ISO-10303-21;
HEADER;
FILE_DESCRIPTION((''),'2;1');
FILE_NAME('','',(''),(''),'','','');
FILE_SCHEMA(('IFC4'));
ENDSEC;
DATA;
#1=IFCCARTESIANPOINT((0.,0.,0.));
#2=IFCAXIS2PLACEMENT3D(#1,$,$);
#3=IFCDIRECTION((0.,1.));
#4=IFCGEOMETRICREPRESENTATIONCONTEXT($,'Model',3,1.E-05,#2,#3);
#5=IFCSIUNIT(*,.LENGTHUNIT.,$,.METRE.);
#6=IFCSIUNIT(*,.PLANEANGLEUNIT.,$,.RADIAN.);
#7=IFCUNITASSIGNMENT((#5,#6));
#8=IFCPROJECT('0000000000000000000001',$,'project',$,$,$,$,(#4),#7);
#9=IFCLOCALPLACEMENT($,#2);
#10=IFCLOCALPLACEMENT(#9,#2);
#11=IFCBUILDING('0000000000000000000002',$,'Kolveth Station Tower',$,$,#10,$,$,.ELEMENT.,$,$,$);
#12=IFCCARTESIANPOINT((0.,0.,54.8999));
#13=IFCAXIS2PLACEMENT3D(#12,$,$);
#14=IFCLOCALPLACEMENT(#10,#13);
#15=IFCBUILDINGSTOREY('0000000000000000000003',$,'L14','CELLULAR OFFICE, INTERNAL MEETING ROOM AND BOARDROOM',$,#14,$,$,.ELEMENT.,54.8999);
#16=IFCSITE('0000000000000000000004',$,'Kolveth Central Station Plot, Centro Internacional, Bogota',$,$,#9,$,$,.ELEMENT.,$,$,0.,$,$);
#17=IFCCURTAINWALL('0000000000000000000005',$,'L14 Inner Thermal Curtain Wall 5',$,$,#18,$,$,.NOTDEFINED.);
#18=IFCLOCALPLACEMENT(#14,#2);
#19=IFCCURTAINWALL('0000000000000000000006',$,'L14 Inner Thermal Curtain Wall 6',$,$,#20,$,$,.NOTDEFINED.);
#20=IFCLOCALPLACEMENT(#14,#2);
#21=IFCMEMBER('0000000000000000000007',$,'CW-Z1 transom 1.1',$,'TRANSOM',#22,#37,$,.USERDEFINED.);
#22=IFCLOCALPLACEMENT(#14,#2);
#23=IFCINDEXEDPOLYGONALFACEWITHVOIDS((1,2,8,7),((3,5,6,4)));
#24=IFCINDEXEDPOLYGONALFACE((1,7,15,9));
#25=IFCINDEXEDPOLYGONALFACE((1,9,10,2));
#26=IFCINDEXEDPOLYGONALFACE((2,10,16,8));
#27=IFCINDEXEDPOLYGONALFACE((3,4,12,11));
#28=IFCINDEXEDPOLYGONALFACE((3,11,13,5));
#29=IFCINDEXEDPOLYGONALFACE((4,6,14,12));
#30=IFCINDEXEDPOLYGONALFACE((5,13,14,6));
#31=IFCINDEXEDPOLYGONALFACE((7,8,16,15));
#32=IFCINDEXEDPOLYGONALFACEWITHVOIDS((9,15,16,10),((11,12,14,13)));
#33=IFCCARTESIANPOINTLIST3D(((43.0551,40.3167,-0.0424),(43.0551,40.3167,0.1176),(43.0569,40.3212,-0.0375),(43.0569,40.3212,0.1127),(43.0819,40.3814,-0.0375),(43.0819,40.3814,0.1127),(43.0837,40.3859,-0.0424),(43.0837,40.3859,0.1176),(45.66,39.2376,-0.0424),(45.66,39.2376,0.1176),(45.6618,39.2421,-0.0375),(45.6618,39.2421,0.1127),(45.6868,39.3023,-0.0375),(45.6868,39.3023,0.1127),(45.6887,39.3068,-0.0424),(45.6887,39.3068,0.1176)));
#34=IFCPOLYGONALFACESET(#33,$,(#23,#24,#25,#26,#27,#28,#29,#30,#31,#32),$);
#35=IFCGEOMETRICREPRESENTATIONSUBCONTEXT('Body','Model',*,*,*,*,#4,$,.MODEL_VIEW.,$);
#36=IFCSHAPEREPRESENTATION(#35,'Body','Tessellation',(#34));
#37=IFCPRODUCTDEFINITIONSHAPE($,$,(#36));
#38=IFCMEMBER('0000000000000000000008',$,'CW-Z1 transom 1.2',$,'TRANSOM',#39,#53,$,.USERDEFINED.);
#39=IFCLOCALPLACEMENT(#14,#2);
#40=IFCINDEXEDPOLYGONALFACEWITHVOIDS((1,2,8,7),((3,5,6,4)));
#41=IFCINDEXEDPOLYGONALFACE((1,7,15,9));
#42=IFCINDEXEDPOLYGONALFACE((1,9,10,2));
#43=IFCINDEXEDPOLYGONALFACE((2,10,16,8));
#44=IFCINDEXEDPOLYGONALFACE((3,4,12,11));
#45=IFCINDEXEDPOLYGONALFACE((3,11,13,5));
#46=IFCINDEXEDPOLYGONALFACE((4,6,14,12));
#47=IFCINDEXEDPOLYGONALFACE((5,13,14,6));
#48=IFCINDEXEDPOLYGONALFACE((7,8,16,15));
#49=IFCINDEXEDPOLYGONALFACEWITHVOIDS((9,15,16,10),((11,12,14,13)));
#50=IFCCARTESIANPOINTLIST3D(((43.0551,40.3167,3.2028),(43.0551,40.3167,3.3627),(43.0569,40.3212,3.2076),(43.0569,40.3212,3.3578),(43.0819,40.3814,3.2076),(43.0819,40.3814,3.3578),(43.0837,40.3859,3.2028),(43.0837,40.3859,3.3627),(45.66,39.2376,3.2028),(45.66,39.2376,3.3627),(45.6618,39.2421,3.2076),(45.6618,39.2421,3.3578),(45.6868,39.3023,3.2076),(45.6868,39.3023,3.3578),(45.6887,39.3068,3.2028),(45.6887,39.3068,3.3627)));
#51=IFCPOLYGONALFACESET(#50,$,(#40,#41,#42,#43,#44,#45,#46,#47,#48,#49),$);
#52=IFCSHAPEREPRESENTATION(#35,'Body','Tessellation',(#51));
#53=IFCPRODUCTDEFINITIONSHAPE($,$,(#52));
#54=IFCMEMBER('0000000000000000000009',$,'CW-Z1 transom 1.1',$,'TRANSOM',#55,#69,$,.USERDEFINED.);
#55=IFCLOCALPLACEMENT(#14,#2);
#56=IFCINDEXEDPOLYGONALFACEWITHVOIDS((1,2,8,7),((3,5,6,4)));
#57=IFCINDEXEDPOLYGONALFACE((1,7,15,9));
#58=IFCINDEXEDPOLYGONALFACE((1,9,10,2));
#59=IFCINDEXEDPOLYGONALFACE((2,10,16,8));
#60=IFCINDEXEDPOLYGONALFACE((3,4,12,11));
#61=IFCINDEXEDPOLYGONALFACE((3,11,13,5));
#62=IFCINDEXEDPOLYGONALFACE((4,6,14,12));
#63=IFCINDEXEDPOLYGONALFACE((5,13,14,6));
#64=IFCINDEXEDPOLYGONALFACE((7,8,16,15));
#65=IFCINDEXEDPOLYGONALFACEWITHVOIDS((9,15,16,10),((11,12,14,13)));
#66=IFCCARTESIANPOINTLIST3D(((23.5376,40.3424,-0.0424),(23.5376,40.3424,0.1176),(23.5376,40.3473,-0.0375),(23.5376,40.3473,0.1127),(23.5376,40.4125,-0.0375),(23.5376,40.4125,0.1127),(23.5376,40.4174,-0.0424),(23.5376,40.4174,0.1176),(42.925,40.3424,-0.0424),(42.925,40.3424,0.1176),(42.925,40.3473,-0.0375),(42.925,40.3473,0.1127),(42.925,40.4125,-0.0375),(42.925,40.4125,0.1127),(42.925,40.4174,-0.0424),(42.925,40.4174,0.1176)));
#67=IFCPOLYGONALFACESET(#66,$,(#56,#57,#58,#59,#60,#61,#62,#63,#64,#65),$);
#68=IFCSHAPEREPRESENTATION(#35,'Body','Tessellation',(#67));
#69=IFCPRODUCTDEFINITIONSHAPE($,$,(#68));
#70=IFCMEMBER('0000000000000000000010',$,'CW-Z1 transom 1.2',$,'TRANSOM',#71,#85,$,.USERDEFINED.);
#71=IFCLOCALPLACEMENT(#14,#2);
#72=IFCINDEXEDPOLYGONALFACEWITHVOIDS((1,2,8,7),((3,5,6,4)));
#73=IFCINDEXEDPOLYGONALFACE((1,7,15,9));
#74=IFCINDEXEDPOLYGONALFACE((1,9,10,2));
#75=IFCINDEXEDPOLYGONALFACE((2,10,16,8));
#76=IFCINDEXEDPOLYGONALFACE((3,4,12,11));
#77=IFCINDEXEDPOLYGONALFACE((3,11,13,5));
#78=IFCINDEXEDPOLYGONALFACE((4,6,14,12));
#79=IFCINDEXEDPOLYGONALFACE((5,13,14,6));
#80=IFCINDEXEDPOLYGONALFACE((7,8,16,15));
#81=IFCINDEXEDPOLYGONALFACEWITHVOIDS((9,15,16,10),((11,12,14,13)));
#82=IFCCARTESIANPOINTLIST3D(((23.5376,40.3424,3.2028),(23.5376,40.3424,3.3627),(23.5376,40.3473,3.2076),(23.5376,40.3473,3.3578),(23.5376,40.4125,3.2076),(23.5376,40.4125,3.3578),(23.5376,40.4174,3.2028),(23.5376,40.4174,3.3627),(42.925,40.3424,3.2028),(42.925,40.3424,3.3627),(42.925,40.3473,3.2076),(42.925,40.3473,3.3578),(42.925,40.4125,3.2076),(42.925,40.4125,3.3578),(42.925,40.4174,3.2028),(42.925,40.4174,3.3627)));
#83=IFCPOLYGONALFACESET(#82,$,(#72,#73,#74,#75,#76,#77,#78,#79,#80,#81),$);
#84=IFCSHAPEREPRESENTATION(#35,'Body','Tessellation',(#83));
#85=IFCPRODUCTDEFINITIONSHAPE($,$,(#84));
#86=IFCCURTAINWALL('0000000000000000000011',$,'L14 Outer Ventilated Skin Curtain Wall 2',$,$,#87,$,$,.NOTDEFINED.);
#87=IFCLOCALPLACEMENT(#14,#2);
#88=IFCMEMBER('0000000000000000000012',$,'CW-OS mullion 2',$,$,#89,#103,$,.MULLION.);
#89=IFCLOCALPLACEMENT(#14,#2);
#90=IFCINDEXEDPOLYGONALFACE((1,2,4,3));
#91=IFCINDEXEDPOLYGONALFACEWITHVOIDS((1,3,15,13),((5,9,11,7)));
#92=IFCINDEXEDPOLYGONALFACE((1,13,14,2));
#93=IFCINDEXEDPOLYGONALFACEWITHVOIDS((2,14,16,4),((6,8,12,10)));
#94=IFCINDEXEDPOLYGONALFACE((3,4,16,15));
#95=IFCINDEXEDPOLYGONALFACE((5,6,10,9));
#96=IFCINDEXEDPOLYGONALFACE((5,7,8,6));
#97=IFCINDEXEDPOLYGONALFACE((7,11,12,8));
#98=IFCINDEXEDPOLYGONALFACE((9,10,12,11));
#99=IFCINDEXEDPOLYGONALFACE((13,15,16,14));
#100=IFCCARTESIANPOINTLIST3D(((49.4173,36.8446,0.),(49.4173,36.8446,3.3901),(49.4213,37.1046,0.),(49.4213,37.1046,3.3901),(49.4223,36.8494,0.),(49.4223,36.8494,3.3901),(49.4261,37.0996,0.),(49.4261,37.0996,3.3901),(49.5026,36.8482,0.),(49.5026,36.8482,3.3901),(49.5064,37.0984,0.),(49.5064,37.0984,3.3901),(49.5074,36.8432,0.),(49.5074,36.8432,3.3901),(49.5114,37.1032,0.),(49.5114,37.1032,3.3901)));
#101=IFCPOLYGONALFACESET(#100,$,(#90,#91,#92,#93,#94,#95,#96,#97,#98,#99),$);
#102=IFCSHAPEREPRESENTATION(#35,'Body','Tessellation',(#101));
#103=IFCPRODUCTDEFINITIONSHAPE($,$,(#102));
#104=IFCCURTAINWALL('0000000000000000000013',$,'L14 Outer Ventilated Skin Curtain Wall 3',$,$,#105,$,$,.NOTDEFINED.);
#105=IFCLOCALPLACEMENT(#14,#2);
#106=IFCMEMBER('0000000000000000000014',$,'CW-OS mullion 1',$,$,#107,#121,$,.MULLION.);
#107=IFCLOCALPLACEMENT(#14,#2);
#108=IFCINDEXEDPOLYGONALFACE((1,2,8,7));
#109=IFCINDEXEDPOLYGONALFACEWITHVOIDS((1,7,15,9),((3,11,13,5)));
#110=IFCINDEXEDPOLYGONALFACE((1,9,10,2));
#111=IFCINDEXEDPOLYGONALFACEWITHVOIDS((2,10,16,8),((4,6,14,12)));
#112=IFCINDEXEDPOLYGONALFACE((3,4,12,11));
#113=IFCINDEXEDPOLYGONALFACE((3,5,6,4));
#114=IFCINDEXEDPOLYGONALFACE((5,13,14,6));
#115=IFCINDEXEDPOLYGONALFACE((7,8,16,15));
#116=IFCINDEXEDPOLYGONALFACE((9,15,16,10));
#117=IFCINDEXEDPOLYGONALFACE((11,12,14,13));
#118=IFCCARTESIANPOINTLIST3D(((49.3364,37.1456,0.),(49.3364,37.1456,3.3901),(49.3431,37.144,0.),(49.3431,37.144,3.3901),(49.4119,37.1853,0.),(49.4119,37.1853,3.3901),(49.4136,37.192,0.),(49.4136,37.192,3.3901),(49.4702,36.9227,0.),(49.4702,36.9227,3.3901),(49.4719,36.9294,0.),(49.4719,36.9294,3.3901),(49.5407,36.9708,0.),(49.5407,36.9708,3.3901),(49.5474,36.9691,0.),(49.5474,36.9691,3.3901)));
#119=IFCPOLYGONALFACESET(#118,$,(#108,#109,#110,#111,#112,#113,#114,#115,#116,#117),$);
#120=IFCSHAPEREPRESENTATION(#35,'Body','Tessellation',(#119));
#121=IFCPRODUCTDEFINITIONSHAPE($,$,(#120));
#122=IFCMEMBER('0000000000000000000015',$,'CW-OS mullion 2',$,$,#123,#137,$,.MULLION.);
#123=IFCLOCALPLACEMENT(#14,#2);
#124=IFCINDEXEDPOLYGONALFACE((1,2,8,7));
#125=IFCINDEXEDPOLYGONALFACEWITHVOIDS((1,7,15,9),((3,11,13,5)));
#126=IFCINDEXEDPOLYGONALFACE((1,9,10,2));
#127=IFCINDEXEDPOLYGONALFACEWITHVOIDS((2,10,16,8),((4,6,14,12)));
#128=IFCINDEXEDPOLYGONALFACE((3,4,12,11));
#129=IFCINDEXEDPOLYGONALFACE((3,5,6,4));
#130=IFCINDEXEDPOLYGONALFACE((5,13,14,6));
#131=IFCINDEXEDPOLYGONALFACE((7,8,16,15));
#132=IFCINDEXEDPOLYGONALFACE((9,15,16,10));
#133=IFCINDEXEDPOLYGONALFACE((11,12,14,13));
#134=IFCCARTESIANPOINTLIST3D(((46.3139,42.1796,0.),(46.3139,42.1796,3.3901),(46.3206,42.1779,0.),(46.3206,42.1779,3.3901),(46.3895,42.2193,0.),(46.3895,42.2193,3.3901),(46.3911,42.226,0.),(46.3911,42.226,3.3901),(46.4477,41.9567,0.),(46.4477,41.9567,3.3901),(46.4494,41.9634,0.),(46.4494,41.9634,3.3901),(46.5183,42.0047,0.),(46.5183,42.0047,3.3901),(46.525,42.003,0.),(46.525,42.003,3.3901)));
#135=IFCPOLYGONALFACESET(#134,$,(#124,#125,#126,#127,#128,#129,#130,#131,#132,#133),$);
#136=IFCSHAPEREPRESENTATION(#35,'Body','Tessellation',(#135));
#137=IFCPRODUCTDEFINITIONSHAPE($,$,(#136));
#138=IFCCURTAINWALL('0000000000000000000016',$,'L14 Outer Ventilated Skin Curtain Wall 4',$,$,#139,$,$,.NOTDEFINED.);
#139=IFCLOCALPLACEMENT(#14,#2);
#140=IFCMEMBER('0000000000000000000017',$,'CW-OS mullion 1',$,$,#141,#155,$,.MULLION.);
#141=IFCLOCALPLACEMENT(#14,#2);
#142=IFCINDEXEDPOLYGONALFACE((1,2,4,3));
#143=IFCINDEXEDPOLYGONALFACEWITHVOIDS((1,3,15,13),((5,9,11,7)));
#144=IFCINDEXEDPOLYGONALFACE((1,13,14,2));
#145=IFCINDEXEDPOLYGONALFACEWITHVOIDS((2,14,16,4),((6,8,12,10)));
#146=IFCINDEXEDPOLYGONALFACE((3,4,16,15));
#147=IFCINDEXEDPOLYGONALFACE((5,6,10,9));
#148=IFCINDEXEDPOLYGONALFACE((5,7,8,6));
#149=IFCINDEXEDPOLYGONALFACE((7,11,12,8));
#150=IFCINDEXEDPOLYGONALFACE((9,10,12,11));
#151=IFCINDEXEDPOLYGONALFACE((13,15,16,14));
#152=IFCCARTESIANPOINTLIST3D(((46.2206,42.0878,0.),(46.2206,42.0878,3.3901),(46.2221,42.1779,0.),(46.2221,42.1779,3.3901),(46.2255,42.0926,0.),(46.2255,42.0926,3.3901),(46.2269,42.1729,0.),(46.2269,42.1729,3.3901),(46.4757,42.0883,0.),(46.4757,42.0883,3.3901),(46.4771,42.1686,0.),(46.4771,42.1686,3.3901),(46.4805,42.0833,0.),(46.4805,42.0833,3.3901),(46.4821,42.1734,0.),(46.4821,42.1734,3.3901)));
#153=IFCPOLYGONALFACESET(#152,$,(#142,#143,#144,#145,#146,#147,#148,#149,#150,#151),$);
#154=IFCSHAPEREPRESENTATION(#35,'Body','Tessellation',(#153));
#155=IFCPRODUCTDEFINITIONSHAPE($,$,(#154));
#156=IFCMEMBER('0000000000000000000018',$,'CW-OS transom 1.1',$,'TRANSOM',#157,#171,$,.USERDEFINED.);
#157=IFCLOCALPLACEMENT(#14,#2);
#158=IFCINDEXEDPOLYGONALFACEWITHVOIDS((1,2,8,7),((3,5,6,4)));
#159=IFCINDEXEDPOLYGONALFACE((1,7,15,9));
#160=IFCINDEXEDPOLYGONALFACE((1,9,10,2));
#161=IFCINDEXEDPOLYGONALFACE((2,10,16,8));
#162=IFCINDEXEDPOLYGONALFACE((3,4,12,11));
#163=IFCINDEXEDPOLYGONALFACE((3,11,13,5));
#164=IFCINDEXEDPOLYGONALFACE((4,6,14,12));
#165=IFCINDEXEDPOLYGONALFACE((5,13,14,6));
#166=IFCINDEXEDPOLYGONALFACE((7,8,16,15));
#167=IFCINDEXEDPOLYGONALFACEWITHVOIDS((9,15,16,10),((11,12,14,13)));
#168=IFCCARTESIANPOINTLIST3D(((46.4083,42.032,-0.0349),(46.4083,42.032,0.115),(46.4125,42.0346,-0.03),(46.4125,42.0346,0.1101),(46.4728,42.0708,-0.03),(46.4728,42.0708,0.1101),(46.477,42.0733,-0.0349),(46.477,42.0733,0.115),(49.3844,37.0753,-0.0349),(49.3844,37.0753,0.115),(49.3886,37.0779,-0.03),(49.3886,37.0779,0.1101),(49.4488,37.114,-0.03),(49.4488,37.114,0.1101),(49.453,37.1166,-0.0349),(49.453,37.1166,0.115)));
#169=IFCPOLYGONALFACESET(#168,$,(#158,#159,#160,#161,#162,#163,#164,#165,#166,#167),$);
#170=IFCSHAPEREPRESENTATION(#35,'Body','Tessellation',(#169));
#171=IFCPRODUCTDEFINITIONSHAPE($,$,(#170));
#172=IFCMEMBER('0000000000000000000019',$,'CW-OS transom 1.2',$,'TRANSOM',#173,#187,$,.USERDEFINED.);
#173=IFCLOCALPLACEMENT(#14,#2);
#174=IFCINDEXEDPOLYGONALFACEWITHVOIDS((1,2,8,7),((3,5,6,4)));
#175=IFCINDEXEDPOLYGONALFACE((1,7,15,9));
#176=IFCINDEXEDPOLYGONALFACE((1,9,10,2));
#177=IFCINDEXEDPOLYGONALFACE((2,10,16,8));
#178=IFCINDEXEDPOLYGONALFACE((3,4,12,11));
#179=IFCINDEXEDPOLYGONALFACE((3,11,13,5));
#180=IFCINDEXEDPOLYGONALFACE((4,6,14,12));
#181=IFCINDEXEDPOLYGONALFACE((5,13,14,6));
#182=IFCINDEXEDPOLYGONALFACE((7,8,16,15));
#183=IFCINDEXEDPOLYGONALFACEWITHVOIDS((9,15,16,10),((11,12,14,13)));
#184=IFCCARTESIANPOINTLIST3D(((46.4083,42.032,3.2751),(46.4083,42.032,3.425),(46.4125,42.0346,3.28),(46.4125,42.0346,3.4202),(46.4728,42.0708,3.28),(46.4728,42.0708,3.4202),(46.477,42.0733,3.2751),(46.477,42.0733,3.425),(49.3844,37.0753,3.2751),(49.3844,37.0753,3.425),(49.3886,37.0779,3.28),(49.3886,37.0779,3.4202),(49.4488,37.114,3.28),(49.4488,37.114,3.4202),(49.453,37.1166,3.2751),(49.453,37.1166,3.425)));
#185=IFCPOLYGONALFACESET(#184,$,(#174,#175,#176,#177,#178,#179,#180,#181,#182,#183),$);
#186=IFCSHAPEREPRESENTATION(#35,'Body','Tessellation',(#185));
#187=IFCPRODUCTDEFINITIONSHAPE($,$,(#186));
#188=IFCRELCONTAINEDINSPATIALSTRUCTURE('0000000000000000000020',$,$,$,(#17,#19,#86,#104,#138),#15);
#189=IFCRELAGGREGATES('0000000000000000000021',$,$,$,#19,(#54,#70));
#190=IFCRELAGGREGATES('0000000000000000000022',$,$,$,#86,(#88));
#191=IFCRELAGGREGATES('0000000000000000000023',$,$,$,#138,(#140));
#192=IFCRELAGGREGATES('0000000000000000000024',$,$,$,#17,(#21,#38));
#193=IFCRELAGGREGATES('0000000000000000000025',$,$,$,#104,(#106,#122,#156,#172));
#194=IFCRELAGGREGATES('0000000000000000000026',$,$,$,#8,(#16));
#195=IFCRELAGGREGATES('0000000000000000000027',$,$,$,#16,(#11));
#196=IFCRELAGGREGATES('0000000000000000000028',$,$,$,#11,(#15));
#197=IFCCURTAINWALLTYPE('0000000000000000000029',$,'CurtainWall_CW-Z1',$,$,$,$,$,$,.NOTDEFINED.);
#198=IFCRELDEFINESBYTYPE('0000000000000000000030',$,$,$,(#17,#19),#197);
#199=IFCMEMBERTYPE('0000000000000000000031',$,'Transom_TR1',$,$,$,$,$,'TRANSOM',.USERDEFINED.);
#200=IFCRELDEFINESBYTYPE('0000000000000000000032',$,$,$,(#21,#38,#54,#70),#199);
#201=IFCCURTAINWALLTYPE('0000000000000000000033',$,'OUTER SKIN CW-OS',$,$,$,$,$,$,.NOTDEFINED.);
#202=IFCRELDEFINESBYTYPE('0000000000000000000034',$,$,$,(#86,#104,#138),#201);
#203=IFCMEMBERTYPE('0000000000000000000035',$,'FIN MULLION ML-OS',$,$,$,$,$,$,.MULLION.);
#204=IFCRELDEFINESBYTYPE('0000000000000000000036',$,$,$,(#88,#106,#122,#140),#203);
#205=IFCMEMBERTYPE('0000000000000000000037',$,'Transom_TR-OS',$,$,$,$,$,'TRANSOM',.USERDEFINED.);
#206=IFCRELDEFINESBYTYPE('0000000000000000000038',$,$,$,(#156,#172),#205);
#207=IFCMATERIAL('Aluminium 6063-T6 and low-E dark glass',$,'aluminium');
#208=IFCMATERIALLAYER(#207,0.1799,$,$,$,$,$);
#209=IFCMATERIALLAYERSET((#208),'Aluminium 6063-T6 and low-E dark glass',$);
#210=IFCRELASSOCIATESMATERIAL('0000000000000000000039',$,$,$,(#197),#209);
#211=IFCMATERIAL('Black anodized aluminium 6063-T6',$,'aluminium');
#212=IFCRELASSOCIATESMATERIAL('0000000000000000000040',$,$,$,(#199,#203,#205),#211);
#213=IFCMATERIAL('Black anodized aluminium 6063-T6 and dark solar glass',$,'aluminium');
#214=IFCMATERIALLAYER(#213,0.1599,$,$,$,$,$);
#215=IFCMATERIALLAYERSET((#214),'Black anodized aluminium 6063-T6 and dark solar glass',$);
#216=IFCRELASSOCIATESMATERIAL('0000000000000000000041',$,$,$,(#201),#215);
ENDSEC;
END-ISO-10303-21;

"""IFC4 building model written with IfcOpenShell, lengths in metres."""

from ifc_helpers import new_model, si_unit, direction, frame, origin, origin_2d, place, context, subcontext, project, spatial, hollow_rectangle, extrude, source, transform, mapped, material, layer, layer_set, material_profile, profile_set, type_object, element, aggregate, save


model = new_model("IFC4")

# Units and contexts
model_context = context("Model", 3, precision=1e-05, world=origin(), true_north=direction((0.0, 1.0)))
body_context = subcontext(model_context, "Body", "Model", "MODEL_VIEW")
ifc_project = project(units=[si_unit("LENGTHUNIT", "METRE"), si_unit("PLANEANGLEUNIT", "RADIAN")], contexts=[model_context])

# Site, building, storey
site_placement = place(None, origin())
site = spatial("IfcSite", under=ifc_project, at=site_placement, Name="Kolveth Central Station Plot, Centro Internacional, Bogota", CompositionType="ELEMENT", RefElevation=0.0)
building_placement = place(site_placement, origin())
building = spatial("IfcBuilding", under=site, at=building_placement, Name="Kolveth Station Tower", CompositionType="ELEMENT")
storey_placement = place(building_placement, frame((0.0, 0.0, 54.8999)))
storey = spatial("IfcBuildingStorey", under=building, at=storey_placement, Name="L14", Description="CELLULAR OFFICE, INTERNAL MEETING ROOM AND BOARDROOM", CompositionType="ELEMENT", Elevation=54.8999)

# Shared definitions
ifc_material_1 = material(Name="Aluminium 6063-T6 and low-E dark glass", Category="aluminium")
ifc_layer_1 = layer(ifc_material_1, 0.1799)
ifc_layer_set_1 = layer_set([ifc_layer_1], Name="Aluminium 6063-T6 and low-E dark glass")
curtain_wall_type_1 = type_object("IfcCurtainWallType", Name="CurtainWall_CW-Z1", PredefinedType="NOTDEFINED", material=ifc_layer_set_1)
ifc_material_2 = material(Name="Black anodized aluminium 6063-T6", Category="aluminium")

# Curtain wall
curtain_wall_1_placement = place(storey_placement, origin())
curtain_wall_1 = element("IfcCurtainWall", 1, at=curtain_wall_1_placement, inside=storey, type_object=curtain_wall_type_1, Name="L14 Inner Thermal Curtain Wall 5", PredefinedType="NOTDEFINED")

# Curtain wall
curtain_wall_2_placement = place(storey_placement, origin())
curtain_wall_2 = element("IfcCurtainWall", 2, at=curtain_wall_2_placement, inside=storey, type_object=curtain_wall_type_1, Name="L14 Inner Thermal Curtain Wall 6", PredefinedType="NOTDEFINED")

# Members
ifc_material_profile_1 = material_profile(ifc_material_2, hollow_rectangle(XDim=0.075, YDim=0.1599, WallThickness=0.0049, at=origin_2d()), Name="ALU-75x160x5")
ifc_profile_set_1 = profile_set([ifc_material_profile_1], Name="Black anodized aluminium 6063-T6")
member_type_1 = type_object("IfcMemberType", Name="Transom_TR1", ElementType="TRANSOM", PredefinedType="USERDEFINED", material=ifc_profile_set_1)
shared_shape_1 = source(origin(), body_context, "Body", "SweptSolid", [
    extrude(hollow_rectangle(XDim=0.075, YDim=0.1599, WallThickness=0.0049, at=origin_2d()), origin(), (0.0, 0.0, 1.0), 2.8196),
])
member_1_placement = place(storey_placement, frame((45.6743, 39.2722, 0.0376), z_axis=(-0.923869, 0.382709, 0.0), x_axis=(-0.382709, -0.923869, 0.0)))
member_1 = element("IfcMember", 3, at=member_1_placement, type_object=member_type_1, Name="CW-Z1 transom 1.1", ObjectType="TRANSOM", PredefinedType="USERDEFINED", context=body_context, shape_type="MappedRepresentation", body=[
    mapped(shared_shape_1, transform((0.0, 0.0, 0.0), x_axis=(1.0, 0.0, 0.0), y_axis=(0.0, 1.0, 0.0), z_axis=(0.0, 0.0, 1.0), scale=1.0)),
])
member_2_placement = place(storey_placement, frame((45.6743, 39.2722, 3.2827), z_axis=(-0.923869, 0.382709, 0.0), x_axis=(-0.382709, -0.923869, 0.0)))
member_2 = element("IfcMember", 4, at=member_2_placement, type_object=member_type_1, Name="CW-Z1 transom 1.2", ObjectType="TRANSOM", PredefinedType="USERDEFINED", context=body_context, shape_type="MappedRepresentation", body=[
    mapped(shared_shape_1, transform((0.0, 0.0, 0.0), x_axis=(1.0, 0.0, 0.0), y_axis=(0.0, 1.0, 0.0), z_axis=(0.0, 0.0, 1.0), scale=1.0)),
])
shared_shape_2 = source(origin(), body_context, "Body", "SweptSolid", [
    extrude(hollow_rectangle(XDim=0.075, YDim=0.1599, WallThickness=0.0049, at=origin_2d()), origin(), (0.0, 0.0, 1.0), 19.3875),
])
member_3_placement = place(storey_placement, frame((42.925, 40.3799, 0.0376), z_axis=(-1.0, 0.0, 0.0), x_axis=(0.0, -1.0, 0.0)))
member_3 = element("IfcMember", 5, at=member_3_placement, type_object=member_type_1, Name="CW-Z1 transom 1.1", ObjectType="TRANSOM", PredefinedType="USERDEFINED", context=body_context, shape_type="MappedRepresentation", body=[
    mapped(shared_shape_2, transform((0.0, 0.0, 0.0), x_axis=(1.0, 0.0, 0.0), y_axis=(0.0, 1.0, 0.0), z_axis=(0.0, 0.0, 1.0), scale=1.0)),
])
member_4_placement = place(storey_placement, frame((42.925, 40.3799, 3.2827), z_axis=(-1.0, 0.0, 0.0), x_axis=(0.0, -1.0, 0.0)))
member_4 = element("IfcMember", 6, at=member_4_placement, type_object=member_type_1, Name="CW-Z1 transom 1.2", ObjectType="TRANSOM", PredefinedType="USERDEFINED", context=body_context, shape_type="MappedRepresentation", body=[
    mapped(shared_shape_2, transform((0.0, 0.0, 0.0), x_axis=(1.0, 0.0, 0.0), y_axis=(0.0, 1.0, 0.0), z_axis=(0.0, 0.0, 1.0), scale=1.0)),
])
aggregate(curtain_wall_2, [member_3, member_4])

# Curtain wall, member
ifc_material_3 = material(Name="Black anodized aluminium 6063-T6 and dark solar glass", Category="aluminium")
ifc_layer_2 = layer(ifc_material_3, 0.1599)
ifc_layer_set_2 = layer_set([ifc_layer_2], Name="Black anodized aluminium 6063-T6 and dark solar glass")
curtain_wall_type_2 = type_object("IfcCurtainWallType", Name="OUTER SKIN CW-OS", PredefinedType="NOTDEFINED", material=ifc_layer_set_2)
curtain_wall_3_placement = place(storey_placement, origin())
curtain_wall_3 = element("IfcCurtainWall", 7, at=curtain_wall_3_placement, inside=storey, type_object=curtain_wall_type_2, Name="L14 Outer Ventilated Skin Curtain Wall 2", PredefinedType="NOTDEFINED")
ifc_material_profile_2 = material_profile(ifc_material_2, hollow_rectangle(XDim=0.0901, YDim=0.26, WallThickness=0.0049, at=origin_2d()), Name="ALU-90x260x5")
ifc_profile_set_2 = profile_set([ifc_material_profile_2], Name="Black anodized aluminium 6063-T6")
member_type_2 = type_object("IfcMemberType", Name="FIN MULLION ML-OS", PredefinedType="MULLION", material=ifc_profile_set_2)
shared_shape_3 = source(origin(), body_context, "Body", "SweptSolid", [
    extrude(hollow_rectangle(XDim=0.0901, YDim=0.26, WallThickness=0.0049, at=origin_2d()), origin(), (0.0, 0.0, 1.0), 3.3901),
])
member_5_placement = place(storey_placement, frame((49.4644, 36.9739, 0.0), z_axis=(0.0, 0.0, 1.0), x_axis=(-0.999882, 0.015341, 0.0)))
member_5 = element("IfcMember", 8, at=member_5_placement, type_object=member_type_2, Name="CW-OS mullion 2", PredefinedType="MULLION", context=body_context, shape_type="MappedRepresentation", body=[
    mapped(shared_shape_3, transform((0.0, 0.0, 0.0), x_axis=(1.0, 0.0, 0.0), y_axis=(0.0, 1.0, 0.0), z_axis=(0.0, 0.0, 1.0), scale=1.0)),
])
aggregate(curtain_wall_3, [member_5])

# Curtain wall, members
curtain_wall_4_placement = place(storey_placement, origin())
curtain_wall_4 = element("IfcCurtainWall", 9, at=curtain_wall_4_placement, inside=storey, type_object=curtain_wall_type_2, Name="L14 Outer Ventilated Skin Curtain Wall 3", PredefinedType="NOTDEFINED")
member_6_placement = place(storey_placement, frame((49.4419, 37.0574, 0.0), z_axis=(0.0, 0.0, 1.0), x_axis=(-0.857323, -0.514779, 0.0)))
member_6 = element("IfcMember", 10, at=member_6_placement, type_object=member_type_2, Name="CW-OS mullion 1", PredefinedType="MULLION", context=body_context, shape_type="MappedRepresentation", body=[
    mapped(shared_shape_3, transform((0.0, 0.0, 0.0), x_axis=(1.0, 0.0, 0.0), y_axis=(0.0, 1.0, 0.0), z_axis=(0.0, 0.0, 1.0), scale=1.0)),
])
member_7_placement = place(storey_placement, frame((46.4194, 42.0913, 0.0), z_axis=(0.0, 0.0, 1.0), x_axis=(-0.857323, -0.514779, 0.0)))
member_7 = element("IfcMember", 11, at=member_7_placement, type_object=member_type_2, Name="CW-OS mullion 2", PredefinedType="MULLION", context=body_context, shape_type="MappedRepresentation", body=[
    mapped(shared_shape_3, transform((0.0, 0.0, 0.0), x_axis=(1.0, 0.0, 0.0), y_axis=(0.0, 1.0, 0.0), z_axis=(0.0, 0.0, 1.0), scale=1.0)),
])

# Curtain wall, member
curtain_wall_5_placement = place(storey_placement, origin())
curtain_wall_5 = element("IfcCurtainWall", 12, at=curtain_wall_5_placement, inside=storey, type_object=curtain_wall_type_2, Name="L14 Outer Ventilated Skin Curtain Wall 4", PredefinedType="NOTDEFINED")
member_8_placement = place(storey_placement, frame((46.3513, 42.1306, 0.0), z_axis=(0.0, 0.0, 1.0), x_axis=(-0.01721, -0.999852, 0.0)))
member_8 = element("IfcMember", 13, at=member_8_placement, type_object=member_type_2, Name="CW-OS mullion 1", PredefinedType="MULLION", context=body_context, shape_type="MappedRepresentation", body=[
    mapped(shared_shape_3, transform((0.0, 0.0, 0.0), x_axis=(1.0, 0.0, 0.0), y_axis=(0.0, 1.0, 0.0), z_axis=(0.0, 0.0, 1.0), scale=1.0)),
])

# Members
ifc_material_profile_3 = material_profile(ifc_material_2, hollow_rectangle(XDim=0.0801, YDim=0.1499, WallThickness=0.0049, at=origin_2d()), Name="ALU-80x150x5")
ifc_profile_set_3 = profile_set([ifc_material_profile_3], Name="Black anodized aluminium 6063-T6")
member_type_3 = type_object("IfcMemberType", Name="Transom_TR-OS", ElementType="TRANSOM", PredefinedType="USERDEFINED", material=ifc_profile_set_3)
shared_shape_4 = source(origin(), body_context, "Body", "SweptSolid", [
    extrude(hollow_rectangle(XDim=0.0801, YDim=0.1499, WallThickness=0.0049, at=origin_2d()), origin(), (0.0, 0.0, 1.0), 5.7815),
])
member_9_placement = place(storey_placement, frame((49.4187, 37.0959, 0.04), z_axis=(-0.51475, 0.85734, 0.0), x_axis=(-0.85734, -0.51475, 0.0)))
member_9 = element("IfcMember", 14, at=member_9_placement, type_object=member_type_3, Name="CW-OS transom 1.1", ObjectType="TRANSOM", PredefinedType="USERDEFINED", context=body_context, shape_type="MappedRepresentation", body=[
    mapped(shared_shape_4, transform((0.0, 0.0, 0.0), x_axis=(1.0, 0.0, 0.0), y_axis=(0.0, 1.0, 0.0), z_axis=(0.0, 0.0, 1.0), scale=1.0)),
])
member_10_placement = place(storey_placement, frame((49.4187, 37.0959, 3.3501), z_axis=(-0.51475, 0.85734, 0.0), x_axis=(-0.85734, -0.51475, 0.0)))
member_10 = element("IfcMember", 15, at=member_10_placement, type_object=member_type_3, Name="CW-OS transom 1.2", ObjectType="TRANSOM", PredefinedType="USERDEFINED", context=body_context, shape_type="MappedRepresentation", body=[
    mapped(shared_shape_4, transform((0.0, 0.0, 0.0), x_axis=(1.0, 0.0, 0.0), y_axis=(0.0, 1.0, 0.0), z_axis=(0.0, 0.0, 1.0), scale=1.0)),
])
aggregate(curtain_wall_5, [member_8])

aggregate(curtain_wall_1, [member_1, member_2])
aggregate(curtain_wall_4, [member_6, member_7, member_9, member_10])

save(model, "model.ifc")
